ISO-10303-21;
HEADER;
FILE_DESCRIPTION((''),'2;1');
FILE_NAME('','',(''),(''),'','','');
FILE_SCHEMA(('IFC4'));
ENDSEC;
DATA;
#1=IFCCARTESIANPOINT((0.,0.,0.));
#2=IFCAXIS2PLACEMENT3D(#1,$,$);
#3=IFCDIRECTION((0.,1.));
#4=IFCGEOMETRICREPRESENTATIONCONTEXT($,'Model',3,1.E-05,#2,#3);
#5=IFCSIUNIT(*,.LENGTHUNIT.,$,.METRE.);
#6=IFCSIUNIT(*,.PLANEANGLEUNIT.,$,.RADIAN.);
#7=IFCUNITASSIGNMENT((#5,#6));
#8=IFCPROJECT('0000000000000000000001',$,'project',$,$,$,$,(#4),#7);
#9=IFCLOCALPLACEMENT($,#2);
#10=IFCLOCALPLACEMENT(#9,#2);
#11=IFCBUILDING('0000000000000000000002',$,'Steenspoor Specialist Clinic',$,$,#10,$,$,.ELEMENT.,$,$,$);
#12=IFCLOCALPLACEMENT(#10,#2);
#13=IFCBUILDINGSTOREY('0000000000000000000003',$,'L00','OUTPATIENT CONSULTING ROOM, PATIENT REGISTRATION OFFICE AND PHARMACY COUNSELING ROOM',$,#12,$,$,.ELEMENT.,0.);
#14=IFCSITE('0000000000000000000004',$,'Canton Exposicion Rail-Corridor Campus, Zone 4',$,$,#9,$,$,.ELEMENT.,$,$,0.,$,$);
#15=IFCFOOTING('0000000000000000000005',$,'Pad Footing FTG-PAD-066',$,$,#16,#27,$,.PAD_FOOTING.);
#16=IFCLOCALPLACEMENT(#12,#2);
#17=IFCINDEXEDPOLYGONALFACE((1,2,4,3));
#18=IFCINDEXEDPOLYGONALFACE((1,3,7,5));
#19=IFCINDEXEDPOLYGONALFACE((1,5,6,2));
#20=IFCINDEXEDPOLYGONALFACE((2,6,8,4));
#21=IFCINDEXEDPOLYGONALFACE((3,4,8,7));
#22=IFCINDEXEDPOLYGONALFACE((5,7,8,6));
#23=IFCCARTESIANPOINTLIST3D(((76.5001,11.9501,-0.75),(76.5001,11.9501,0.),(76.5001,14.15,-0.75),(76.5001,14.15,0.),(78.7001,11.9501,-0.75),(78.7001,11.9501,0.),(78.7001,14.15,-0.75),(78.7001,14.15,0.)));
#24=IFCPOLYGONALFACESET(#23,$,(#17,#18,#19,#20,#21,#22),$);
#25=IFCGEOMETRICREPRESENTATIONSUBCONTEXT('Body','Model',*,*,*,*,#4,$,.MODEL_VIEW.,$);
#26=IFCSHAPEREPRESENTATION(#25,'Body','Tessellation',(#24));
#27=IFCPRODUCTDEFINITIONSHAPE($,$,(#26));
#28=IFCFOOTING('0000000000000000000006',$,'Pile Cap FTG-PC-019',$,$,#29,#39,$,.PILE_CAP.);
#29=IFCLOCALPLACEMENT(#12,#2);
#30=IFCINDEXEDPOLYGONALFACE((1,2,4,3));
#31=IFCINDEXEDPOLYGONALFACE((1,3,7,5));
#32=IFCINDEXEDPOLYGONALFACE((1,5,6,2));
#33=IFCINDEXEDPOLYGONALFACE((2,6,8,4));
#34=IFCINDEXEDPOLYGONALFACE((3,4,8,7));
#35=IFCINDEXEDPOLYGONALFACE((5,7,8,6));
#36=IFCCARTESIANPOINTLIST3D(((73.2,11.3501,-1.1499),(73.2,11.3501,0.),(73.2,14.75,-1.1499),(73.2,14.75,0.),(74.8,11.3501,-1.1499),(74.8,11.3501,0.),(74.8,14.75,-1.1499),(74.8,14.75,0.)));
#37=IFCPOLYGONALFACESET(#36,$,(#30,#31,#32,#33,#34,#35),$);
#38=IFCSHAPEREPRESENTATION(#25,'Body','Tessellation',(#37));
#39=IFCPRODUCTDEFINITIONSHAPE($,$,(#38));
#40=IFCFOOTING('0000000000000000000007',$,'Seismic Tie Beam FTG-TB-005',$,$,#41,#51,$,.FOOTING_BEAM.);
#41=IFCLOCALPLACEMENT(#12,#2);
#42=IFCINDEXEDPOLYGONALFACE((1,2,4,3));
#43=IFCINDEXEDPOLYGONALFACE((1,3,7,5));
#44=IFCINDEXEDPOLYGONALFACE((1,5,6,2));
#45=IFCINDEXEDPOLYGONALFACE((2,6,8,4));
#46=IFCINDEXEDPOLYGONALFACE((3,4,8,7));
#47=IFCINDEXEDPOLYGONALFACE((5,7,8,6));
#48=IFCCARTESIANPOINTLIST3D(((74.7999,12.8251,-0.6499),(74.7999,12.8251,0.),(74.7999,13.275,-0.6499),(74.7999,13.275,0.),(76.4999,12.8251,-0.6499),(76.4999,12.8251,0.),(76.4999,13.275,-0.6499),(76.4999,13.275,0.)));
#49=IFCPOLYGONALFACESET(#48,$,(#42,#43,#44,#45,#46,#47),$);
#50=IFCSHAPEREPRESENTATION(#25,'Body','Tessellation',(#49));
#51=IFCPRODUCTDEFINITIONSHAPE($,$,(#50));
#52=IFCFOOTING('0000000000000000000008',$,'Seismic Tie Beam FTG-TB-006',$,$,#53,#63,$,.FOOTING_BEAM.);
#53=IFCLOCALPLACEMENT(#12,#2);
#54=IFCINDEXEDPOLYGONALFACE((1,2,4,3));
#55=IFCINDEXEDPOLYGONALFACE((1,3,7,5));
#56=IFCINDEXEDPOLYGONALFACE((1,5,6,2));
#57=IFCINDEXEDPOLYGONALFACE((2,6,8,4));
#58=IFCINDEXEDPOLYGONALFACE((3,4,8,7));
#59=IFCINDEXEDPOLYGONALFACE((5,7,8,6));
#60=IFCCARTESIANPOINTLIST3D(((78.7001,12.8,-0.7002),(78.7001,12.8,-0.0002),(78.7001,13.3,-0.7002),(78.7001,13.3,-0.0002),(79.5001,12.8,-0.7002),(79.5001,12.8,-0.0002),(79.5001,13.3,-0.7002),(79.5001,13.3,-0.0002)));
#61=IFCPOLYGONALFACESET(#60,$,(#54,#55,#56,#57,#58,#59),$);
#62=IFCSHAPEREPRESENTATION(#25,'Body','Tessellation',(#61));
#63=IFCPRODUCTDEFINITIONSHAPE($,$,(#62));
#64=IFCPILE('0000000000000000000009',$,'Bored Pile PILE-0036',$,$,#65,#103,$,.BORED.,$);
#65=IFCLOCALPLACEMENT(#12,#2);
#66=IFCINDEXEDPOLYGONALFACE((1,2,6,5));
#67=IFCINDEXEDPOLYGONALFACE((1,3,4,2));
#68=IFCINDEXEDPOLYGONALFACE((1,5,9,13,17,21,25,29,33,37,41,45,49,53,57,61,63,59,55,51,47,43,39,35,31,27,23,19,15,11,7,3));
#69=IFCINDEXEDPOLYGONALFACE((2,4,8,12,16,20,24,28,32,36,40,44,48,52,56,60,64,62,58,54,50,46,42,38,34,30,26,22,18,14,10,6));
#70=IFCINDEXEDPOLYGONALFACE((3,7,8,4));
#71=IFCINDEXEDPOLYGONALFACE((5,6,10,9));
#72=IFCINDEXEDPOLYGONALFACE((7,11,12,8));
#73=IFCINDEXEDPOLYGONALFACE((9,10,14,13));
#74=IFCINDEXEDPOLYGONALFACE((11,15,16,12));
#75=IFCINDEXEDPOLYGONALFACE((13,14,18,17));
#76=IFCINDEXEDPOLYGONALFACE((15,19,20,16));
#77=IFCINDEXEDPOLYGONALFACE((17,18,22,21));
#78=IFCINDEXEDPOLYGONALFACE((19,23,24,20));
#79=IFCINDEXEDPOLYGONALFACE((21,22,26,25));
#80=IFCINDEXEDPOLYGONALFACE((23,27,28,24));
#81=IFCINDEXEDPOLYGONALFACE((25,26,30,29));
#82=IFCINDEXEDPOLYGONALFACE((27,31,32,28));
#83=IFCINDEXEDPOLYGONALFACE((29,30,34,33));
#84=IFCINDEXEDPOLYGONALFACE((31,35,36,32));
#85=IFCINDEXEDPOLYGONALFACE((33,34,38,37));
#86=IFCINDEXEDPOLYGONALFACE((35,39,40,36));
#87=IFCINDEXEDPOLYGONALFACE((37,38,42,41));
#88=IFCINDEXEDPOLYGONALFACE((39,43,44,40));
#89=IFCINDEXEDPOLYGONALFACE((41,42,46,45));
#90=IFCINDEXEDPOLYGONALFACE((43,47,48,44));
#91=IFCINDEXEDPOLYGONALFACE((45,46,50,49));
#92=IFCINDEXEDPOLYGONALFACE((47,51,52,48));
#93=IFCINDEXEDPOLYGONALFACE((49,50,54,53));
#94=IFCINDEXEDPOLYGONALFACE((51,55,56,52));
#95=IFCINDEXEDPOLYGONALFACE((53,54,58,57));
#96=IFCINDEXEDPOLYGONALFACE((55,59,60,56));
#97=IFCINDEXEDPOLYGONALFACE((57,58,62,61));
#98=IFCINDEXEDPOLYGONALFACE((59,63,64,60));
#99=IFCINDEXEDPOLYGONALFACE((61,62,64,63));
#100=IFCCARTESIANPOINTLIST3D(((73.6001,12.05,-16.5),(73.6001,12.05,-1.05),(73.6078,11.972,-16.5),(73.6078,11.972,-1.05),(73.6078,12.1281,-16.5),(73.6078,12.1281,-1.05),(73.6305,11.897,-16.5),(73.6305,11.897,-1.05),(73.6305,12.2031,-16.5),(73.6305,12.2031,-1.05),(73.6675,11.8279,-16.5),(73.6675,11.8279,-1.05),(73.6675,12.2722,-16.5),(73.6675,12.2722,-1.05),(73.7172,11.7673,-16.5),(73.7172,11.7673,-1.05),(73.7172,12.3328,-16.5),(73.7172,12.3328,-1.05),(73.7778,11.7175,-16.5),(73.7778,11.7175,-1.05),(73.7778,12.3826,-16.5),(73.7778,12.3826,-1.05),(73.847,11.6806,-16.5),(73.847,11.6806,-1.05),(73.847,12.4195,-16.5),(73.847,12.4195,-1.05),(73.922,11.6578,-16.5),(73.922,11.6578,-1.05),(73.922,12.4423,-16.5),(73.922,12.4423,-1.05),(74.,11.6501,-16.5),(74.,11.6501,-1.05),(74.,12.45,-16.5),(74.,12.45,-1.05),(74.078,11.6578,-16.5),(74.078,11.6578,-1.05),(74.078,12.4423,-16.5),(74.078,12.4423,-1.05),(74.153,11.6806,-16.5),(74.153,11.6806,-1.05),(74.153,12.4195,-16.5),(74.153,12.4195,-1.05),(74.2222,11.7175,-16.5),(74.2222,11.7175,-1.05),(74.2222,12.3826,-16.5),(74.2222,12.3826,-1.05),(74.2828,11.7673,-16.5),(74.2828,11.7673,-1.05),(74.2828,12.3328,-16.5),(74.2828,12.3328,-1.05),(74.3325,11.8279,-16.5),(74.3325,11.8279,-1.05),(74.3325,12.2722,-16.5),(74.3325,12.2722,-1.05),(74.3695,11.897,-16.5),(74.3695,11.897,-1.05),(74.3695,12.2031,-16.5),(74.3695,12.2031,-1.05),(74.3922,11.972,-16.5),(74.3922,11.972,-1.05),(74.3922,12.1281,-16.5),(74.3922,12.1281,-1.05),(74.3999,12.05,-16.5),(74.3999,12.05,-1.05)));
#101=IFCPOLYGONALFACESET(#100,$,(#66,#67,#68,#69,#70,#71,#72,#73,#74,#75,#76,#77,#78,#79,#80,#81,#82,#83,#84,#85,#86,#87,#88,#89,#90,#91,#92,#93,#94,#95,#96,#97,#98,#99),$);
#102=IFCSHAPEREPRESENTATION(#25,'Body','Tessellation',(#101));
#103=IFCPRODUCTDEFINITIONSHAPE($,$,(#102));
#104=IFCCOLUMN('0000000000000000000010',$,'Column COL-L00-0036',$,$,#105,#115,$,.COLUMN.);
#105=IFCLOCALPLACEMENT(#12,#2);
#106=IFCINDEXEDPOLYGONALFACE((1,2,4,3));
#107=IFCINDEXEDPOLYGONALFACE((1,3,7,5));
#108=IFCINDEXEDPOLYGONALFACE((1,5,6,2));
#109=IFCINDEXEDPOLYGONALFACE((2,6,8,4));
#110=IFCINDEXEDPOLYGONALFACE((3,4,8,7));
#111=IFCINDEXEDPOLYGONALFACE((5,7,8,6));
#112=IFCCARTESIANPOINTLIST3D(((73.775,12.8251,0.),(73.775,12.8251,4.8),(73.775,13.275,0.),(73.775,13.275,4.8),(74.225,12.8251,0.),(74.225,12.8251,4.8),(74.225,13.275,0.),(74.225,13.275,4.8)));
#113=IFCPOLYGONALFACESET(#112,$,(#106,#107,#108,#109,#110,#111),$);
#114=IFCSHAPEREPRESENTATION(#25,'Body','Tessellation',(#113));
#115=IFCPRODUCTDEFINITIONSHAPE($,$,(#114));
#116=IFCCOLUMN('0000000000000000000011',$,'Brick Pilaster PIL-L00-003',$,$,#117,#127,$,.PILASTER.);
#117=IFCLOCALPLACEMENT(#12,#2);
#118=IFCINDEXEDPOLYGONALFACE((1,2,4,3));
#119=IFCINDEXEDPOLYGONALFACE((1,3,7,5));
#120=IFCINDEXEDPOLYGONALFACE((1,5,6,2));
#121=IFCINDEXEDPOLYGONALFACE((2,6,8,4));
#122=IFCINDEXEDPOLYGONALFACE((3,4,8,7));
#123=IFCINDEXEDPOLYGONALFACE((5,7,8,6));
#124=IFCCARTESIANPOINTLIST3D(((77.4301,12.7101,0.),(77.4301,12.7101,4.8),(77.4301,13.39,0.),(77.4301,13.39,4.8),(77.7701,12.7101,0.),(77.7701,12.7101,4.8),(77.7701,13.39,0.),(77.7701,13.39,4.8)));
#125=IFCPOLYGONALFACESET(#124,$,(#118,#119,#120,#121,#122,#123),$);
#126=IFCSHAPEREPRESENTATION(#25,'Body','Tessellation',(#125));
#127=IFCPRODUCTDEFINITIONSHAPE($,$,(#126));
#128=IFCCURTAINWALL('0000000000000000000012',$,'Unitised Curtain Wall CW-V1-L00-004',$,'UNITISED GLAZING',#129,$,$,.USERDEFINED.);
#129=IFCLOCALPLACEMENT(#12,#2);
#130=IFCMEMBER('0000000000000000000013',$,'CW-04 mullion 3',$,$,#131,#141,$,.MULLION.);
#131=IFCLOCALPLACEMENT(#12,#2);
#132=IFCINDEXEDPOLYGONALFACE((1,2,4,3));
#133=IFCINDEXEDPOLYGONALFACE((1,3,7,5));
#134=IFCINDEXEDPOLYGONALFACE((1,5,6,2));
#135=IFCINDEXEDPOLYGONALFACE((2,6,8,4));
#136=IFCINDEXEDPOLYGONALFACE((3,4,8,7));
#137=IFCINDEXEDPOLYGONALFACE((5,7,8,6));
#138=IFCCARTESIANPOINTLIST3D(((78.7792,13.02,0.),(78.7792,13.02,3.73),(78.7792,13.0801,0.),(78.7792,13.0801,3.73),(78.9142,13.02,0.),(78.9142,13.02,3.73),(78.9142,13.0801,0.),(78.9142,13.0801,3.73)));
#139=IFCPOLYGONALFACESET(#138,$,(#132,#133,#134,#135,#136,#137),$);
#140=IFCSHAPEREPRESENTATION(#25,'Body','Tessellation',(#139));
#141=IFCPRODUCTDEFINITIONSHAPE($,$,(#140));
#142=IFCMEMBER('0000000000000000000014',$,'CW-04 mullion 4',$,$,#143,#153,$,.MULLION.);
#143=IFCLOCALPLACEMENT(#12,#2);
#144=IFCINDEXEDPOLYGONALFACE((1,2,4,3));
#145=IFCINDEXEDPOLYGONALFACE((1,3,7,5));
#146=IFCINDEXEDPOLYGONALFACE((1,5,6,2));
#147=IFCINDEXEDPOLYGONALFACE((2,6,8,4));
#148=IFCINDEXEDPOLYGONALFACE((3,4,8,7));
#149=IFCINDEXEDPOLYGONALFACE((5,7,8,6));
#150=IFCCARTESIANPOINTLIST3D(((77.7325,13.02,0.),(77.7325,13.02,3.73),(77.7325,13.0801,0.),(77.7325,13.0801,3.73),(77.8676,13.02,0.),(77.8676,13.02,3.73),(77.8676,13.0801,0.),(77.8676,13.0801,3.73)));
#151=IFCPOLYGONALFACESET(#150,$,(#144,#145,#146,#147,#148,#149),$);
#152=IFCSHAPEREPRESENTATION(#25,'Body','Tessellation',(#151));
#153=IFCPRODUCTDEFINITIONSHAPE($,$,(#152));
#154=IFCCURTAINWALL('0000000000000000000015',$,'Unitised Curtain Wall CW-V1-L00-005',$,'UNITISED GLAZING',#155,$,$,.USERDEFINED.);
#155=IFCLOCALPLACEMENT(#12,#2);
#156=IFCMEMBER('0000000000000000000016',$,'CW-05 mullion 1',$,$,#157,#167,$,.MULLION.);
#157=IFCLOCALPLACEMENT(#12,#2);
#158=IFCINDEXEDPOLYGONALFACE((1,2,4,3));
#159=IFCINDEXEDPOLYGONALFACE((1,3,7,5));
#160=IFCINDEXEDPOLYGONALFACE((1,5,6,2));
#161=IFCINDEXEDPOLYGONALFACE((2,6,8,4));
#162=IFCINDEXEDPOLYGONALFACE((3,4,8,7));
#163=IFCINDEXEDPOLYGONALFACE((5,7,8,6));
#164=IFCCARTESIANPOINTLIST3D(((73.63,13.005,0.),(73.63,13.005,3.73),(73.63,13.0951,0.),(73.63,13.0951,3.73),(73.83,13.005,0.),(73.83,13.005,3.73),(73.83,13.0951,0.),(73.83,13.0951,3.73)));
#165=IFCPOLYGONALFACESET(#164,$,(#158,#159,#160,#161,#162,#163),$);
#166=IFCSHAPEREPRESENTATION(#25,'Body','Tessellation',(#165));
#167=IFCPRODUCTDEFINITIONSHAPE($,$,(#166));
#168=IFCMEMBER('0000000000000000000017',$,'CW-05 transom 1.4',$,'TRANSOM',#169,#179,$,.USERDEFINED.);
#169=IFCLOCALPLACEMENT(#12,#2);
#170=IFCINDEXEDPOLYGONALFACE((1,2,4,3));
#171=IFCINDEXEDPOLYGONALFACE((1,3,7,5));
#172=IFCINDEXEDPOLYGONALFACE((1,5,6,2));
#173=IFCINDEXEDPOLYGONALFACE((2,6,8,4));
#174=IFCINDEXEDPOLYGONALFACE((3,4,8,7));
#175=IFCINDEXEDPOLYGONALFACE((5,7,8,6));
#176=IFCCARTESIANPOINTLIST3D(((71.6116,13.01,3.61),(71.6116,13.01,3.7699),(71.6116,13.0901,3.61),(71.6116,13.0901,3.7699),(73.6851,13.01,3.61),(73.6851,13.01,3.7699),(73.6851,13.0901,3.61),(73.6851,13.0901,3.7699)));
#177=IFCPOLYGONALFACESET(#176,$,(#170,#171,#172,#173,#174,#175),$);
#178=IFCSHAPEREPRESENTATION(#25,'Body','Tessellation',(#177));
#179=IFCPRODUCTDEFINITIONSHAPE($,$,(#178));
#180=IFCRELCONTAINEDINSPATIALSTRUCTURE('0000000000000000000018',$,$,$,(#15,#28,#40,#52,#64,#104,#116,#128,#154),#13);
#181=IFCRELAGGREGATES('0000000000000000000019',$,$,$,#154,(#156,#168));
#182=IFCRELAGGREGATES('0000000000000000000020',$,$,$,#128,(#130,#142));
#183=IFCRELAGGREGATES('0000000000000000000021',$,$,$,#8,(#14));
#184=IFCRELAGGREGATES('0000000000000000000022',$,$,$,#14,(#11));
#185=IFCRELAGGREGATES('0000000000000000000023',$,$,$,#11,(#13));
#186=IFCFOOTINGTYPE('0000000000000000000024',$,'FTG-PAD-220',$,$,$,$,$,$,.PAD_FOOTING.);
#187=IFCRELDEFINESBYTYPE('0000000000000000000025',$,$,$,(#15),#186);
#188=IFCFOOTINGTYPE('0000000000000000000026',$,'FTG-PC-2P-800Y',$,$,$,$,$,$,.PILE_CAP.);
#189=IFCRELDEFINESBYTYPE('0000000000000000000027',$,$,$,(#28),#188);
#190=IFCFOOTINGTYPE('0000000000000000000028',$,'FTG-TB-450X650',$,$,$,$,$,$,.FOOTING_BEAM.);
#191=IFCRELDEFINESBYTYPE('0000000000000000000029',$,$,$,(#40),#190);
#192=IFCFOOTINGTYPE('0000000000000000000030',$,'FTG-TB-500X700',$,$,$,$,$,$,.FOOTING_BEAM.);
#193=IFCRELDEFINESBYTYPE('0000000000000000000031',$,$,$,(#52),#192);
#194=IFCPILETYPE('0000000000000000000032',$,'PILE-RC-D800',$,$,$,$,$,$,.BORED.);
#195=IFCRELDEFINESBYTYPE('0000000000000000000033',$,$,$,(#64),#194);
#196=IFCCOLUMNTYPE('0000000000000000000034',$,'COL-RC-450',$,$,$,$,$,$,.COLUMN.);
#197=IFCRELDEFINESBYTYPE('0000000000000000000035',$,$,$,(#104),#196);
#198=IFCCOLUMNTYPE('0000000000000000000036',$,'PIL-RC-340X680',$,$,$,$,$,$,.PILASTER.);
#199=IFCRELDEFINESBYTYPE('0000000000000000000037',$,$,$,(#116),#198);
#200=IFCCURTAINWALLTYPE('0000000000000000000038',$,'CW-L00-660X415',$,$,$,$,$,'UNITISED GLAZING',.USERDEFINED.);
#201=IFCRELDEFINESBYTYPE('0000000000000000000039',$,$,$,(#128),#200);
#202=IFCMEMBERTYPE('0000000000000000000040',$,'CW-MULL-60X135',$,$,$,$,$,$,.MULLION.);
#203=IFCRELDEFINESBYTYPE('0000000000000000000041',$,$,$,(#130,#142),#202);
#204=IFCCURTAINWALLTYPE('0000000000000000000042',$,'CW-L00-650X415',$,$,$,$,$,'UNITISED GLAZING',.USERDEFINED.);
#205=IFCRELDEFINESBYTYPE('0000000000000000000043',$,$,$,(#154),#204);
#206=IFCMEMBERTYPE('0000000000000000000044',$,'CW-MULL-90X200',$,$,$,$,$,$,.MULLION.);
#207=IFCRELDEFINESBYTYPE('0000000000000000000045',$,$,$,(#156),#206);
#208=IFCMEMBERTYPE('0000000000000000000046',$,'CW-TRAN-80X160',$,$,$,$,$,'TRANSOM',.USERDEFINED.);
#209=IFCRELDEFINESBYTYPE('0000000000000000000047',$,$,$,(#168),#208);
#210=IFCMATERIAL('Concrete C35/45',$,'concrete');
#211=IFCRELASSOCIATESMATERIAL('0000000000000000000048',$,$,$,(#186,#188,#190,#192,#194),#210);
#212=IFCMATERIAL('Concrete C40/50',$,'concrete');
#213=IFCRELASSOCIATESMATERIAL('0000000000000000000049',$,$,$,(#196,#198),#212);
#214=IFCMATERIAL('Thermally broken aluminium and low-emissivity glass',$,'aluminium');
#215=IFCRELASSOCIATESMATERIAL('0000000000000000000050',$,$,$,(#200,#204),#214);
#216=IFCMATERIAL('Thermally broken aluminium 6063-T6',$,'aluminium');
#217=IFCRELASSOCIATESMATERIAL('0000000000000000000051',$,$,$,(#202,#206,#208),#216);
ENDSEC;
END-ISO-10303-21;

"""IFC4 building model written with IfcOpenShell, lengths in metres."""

from ifc_helpers import new_model, si_unit, direction, frame, origin, origin_2d, place, context, subcontext, project, spatial, rectangle, circle, extrude, material, material_profile, profile_set, type_object, element, aggregate, save


model = new_model("IFC4")

# Units and contexts
model_context = context("Model", 3, precision=1e-05, world=origin(), true_north=direction((0.0, 1.0)))
body_context = subcontext(model_context, "Body", "Model", "MODEL_VIEW")
ifc_project = project(units=[si_unit("LENGTHUNIT", "METRE"), si_unit("PLANEANGLEUNIT", "RADIAN")], contexts=[model_context])

# Site, building, storey
site_placement = place(None, origin())
site = spatial("IfcSite", under=ifc_project, at=site_placement, Name="Canton Exposicion Rail-Corridor Campus, Zone 4", CompositionType="ELEMENT", RefElevation=0.0)
building_placement = place(site_placement, origin())
building = spatial("IfcBuilding", under=site, at=building_placement, Name="Steenspoor Specialist Clinic", CompositionType="ELEMENT")
storey_placement = place(building_placement, origin())
storey = spatial("IfcBuildingStorey", under=building, at=storey_placement, Name="L00", Description="OUTPATIENT CONSULTING ROOM, PATIENT REGISTRATION OFFICE AND PHARMACY COUNSELING ROOM", CompositionType="ELEMENT", Elevation=0.0)

# Footings
ifc_material_1 = material(Name="Concrete C35/45", Category="concrete")
footing_type_1 = type_object("IfcFootingType", Name="FTG-PAD-220", PredefinedType="PAD_FOOTING", material=ifc_material_1)
footing_1_placement = place(storey_placement, frame((77.6001, 13.05, -0.75), z_axis=(0.0, 0.0, 1.0), x_axis=(1.0, 0.0, 0.0)))
element("IfcFooting", 1, at=footing_1_placement, inside=storey, type_object=footing_type_1, Name="Pad Footing FTG-PAD-066", PredefinedType="PAD_FOOTING", context=body_context, shape_type="SweptSolid", body=[
    extrude(rectangle(XDim=2.2, YDim=2.2, at=origin_2d()), origin(), (0.0, 0.0, 1.0), 0.75),
])
footing_type_2 = type_object("IfcFootingType", Name="FTG-PC-2P-800Y", PredefinedType="PILE_CAP", material=ifc_material_1)
footing_2_placement = place(storey_placement, frame((74.0, 13.05, -1.1499), z_axis=(0.0, 0.0, 1.0), x_axis=(1.0, 0.0, 0.0)))
element("IfcFooting", 2, at=footing_2_placement, inside=storey, type_object=footing_type_2, Name="Pile Cap FTG-PC-019", PredefinedType="PILE_CAP", context=body_context, shape_type="SweptSolid", body=[
    extrude(rectangle(XDim=1.6001, YDim=3.3999, at=origin_2d()), origin(), (0.0, 0.0, 1.0), 1.1499),
])
footing_type_3 = type_object("IfcFootingType", Name="FTG-TB-450X650", PredefinedType="FOOTING_BEAM", material=ifc_material_1)
footing_3_placement = place(storey_placement, frame((75.6499, 13.05, -0.6499), z_axis=(0.0, 0.0, 1.0), x_axis=(1.0, 0.0, 0.0)))
element("IfcFooting", 3, at=footing_3_placement, inside=storey, type_object=footing_type_3, Name="Seismic Tie Beam FTG-TB-005", PredefinedType="FOOTING_BEAM", context=body_context, shape_type="SweptSolid", body=[
    extrude(rectangle(XDim=1.7, YDim=0.45, at=origin_2d()), origin(), (0.0, 0.0, 1.0), 0.6499),
])
footing_type_4 = type_object("IfcFootingType", Name="FTG-TB-500X700", PredefinedType="FOOTING_BEAM", material=ifc_material_1)
footing_4_placement = place(storey_placement, frame((79.1001, 13.05, -0.7002), z_axis=(0.0, 0.0, 1.0), x_axis=(1.0, 0.0, 0.0)))
element("IfcFooting", 4, at=footing_4_placement, inside=storey, type_object=footing_type_4, Name="Seismic Tie Beam FTG-TB-006", PredefinedType="FOOTING_BEAM", context=body_context, shape_type="SweptSolid", body=[
    extrude(rectangle(XDim=0.8, YDim=0.5, at=origin_2d()), origin(), (0.0, 0.0, 1.0), 0.7),
])

# Pile
ifc_material_profile_1 = material_profile(ifc_material_1, circle(Radius=0.3999, at=origin_2d()), Name="PILE-D800")
ifc_profile_set_1 = profile_set([ifc_material_profile_1], Name="Concrete C35/45")
pile_type = type_object("IfcPileType", Name="PILE-RC-D800", PredefinedType="BORED", material=ifc_profile_set_1)
pile_placement = place(storey_placement, frame((74.0, 12.05, -1.05), z_axis=(0.0, 0.0, -1.0), x_axis=(1.0, 0.0, 0.0)))
element("IfcPile", 5, at=pile_placement, inside=storey, type_object=pile_type, Name="Bored Pile PILE-0036", PredefinedType="BORED", context=body_context, shape_type="SweptSolid", body=[
    extrude(circle(Radius=0.3999, at=origin_2d()), origin(), (0.0, 0.0, 1.0), 15.45),
])

# Columns
ifc_material_2 = material(Name="Concrete C40/50", Category="concrete")
ifc_material_profile_2 = material_profile(ifc_material_2, rectangle(XDim=0.45, YDim=0.45, at=origin_2d()), Name="RC-COL-450X450")
ifc_profile_set_2 = profile_set([ifc_material_profile_2], Name="Concrete C40/50")
column_type_1 = type_object("IfcColumnType", Name="COL-RC-450", PredefinedType="COLUMN", material=ifc_profile_set_2)
column_1_placement = place(storey_placement, frame((74.0, 13.05, 0.0), z_axis=(0.0, 0.0, 1.0), x_axis=(1.0, 0.0, 0.0)))
element("IfcColumn", 6, at=column_1_placement, inside=storey, type_object=column_type_1, Name="Column COL-L00-0036", PredefinedType="COLUMN", context=body_context, shape_type="SweptSolid", body=[
    extrude(rectangle(XDim=0.45, YDim=0.45, at=origin_2d()), origin(), (0.0, 0.0, 1.0), 4.8),
])
ifc_material_profile_3 = material_profile(ifc_material_2, rectangle(XDim=0.3401, YDim=0.6799, at=origin_2d()), Name="RC-PIL-340X680")
ifc_profile_set_3 = profile_set([ifc_material_profile_3], Name="Concrete C40/50")
column_type_2 = type_object("IfcColumnType", Name="PIL-RC-340X680", PredefinedType="PILASTER", material=ifc_profile_set_3)
column_2_placement = place(storey_placement, frame((77.6001, 13.05, 0.0), z_axis=(0.0, 0.0, 1.0), x_axis=(1.0, 0.0, 0.0)))
element("IfcColumn", 7, at=column_2_placement, inside=storey, type_object=column_type_2, Name="Brick Pilaster PIL-L00-003", PredefinedType="PILASTER", context=body_context, shape_type="SweptSolid", body=[
    extrude(rectangle(XDim=0.3401, YDim=0.6799, at=origin_2d()), origin(), (0.0, 0.0, 1.0), 4.8),
])

# Curtain walls, members
ifc_material_3 = material(Name="Thermally broken aluminium and low-emissivity glass", Category="aluminium")
curtain_wall_type_1 = type_object("IfcCurtainWallType", Name="CW-L00-660X415", ElementType="UNITISED GLAZING", PredefinedType="USERDEFINED", material=ifc_material_3)
curtain_wall_1_placement = place(storey_placement, origin())
curtain_wall_1 = element("IfcCurtainWall", 8, at=curtain_wall_1_placement, inside=storey, type_object=curtain_wall_type_1, Name="Unitised Curtain Wall CW-V1-L00-004", ObjectType="UNITISED GLAZING", PredefinedType="USERDEFINED")
ifc_material_4 = material(Name="Thermally broken aluminium 6063-T6", Category="aluminium")
ifc_material_profile_4 = material_profile(ifc_material_4, rectangle(XDim=0.0601, YDim=0.135, at=origin_2d()), Name="CWM-60X135")
ifc_profile_set_4 = profile_set([ifc_material_profile_4], Name="Thermally broken aluminium 6063-T6")
member_type_1 = type_object("IfcMemberType", Name="CW-MULL-60X135", PredefinedType="MULLION", material=ifc_profile_set_4)
member_1_placement = place(storey_placement, frame((78.8467, 13.05, 0.0), z_axis=(0.0, 0.0, 1.0), x_axis=(0.0, -1.0, 0.0)))
member_1 = element("IfcMember", 9, at=member_1_placement, type_object=member_type_1, Name="CW-04 mullion 3", PredefinedType="MULLION", context=body_context, shape_type="SweptSolid", body=[
    extrude(rectangle(XDim=0.0601, YDim=0.135, at=origin_2d()), origin(), (0.0, 0.0, 1.0), 3.73),
])
member_2_placement = place(storey_placement, frame((77.8, 13.05, 0.0), z_axis=(0.0, 0.0, 1.0), x_axis=(0.0, -1.0, 0.0)))
member_2 = element("IfcMember", 10, at=member_2_placement, type_object=member_type_1, Name="CW-04 mullion 4", PredefinedType="MULLION", context=body_context, shape_type="SweptSolid", body=[
    extrude(rectangle(XDim=0.0601, YDim=0.135, at=origin_2d()), origin(), (0.0, 0.0, 1.0), 3.73),
])
curtain_wall_type_2 = type_object("IfcCurtainWallType", Name="CW-L00-650X415", ElementType="UNITISED GLAZING", PredefinedType="USERDEFINED", material=ifc_material_3)
curtain_wall_2_placement = place(storey_placement, origin())
curtain_wall_2 = element("IfcCurtainWall", 11, at=curtain_wall_2_placement, inside=storey, type_object=curtain_wall_type_2, Name="Unitised Curtain Wall CW-V1-L00-005", ObjectType="UNITISED GLAZING", PredefinedType="USERDEFINED")
ifc_material_profile_5 = material_profile(ifc_material_4, rectangle(XDim=0.0901, YDim=0.2, at=origin_2d()), Name="CWM-90X200")
ifc_profile_set_5 = profile_set([ifc_material_profile_5], Name="Thermally broken aluminium 6063-T6")
member_type_2 = type_object("IfcMemberType", Name="CW-MULL-90X200", PredefinedType="MULLION", material=ifc_profile_set_5)
member_3_placement = place(storey_placement, frame((73.73, 13.05, 0.0), z_axis=(0.0, 0.0, 1.0), x_axis=(0.0, -1.0, 0.0)))
member_3 = element("IfcMember", 12, at=member_3_placement, type_object=member_type_2, Name="CW-05 mullion 1", PredefinedType="MULLION", context=body_context, shape_type="SweptSolid", body=[
    extrude(rectangle(XDim=0.0901, YDim=0.2, at=origin_2d()), origin(), (0.0, 0.0, 1.0), 3.73),
])
ifc_material_profile_6 = material_profile(ifc_material_4, rectangle(XDim=0.0801, YDim=0.1599, at=origin_2d()), Name="CWT-80X160")
ifc_profile_set_6 = profile_set([ifc_material_profile_6], Name="Thermally broken aluminium 6063-T6")
member_type_3 = type_object("IfcMemberType", Name="CW-TRAN-80X160", ElementType="TRANSOM", PredefinedType="USERDEFINED", material=ifc_profile_set_6)
member_4_placement = place(storey_placement, frame((73.6851, 13.05, 3.6899), z_axis=(-1.0, 0.0, 0.0), x_axis=(0.0, -1.0, 0.0)))
member_4 = element("IfcMember", 13, at=member_4_placement, type_object=member_type_3, Name="CW-05 transom 1.4", ObjectType="TRANSOM", PredefinedType="USERDEFINED", context=body_context, shape_type="SweptSolid", body=[
    extrude(rectangle(XDim=0.0801, YDim=0.1599, at=origin_2d()), origin(), (0.0, 0.0, 1.0), 2.0735),
])
aggregate(curtain_wall_2, [member_3, member_4])

aggregate(curtain_wall_1, [member_1, member_2])

save(model, "model.ifc")
